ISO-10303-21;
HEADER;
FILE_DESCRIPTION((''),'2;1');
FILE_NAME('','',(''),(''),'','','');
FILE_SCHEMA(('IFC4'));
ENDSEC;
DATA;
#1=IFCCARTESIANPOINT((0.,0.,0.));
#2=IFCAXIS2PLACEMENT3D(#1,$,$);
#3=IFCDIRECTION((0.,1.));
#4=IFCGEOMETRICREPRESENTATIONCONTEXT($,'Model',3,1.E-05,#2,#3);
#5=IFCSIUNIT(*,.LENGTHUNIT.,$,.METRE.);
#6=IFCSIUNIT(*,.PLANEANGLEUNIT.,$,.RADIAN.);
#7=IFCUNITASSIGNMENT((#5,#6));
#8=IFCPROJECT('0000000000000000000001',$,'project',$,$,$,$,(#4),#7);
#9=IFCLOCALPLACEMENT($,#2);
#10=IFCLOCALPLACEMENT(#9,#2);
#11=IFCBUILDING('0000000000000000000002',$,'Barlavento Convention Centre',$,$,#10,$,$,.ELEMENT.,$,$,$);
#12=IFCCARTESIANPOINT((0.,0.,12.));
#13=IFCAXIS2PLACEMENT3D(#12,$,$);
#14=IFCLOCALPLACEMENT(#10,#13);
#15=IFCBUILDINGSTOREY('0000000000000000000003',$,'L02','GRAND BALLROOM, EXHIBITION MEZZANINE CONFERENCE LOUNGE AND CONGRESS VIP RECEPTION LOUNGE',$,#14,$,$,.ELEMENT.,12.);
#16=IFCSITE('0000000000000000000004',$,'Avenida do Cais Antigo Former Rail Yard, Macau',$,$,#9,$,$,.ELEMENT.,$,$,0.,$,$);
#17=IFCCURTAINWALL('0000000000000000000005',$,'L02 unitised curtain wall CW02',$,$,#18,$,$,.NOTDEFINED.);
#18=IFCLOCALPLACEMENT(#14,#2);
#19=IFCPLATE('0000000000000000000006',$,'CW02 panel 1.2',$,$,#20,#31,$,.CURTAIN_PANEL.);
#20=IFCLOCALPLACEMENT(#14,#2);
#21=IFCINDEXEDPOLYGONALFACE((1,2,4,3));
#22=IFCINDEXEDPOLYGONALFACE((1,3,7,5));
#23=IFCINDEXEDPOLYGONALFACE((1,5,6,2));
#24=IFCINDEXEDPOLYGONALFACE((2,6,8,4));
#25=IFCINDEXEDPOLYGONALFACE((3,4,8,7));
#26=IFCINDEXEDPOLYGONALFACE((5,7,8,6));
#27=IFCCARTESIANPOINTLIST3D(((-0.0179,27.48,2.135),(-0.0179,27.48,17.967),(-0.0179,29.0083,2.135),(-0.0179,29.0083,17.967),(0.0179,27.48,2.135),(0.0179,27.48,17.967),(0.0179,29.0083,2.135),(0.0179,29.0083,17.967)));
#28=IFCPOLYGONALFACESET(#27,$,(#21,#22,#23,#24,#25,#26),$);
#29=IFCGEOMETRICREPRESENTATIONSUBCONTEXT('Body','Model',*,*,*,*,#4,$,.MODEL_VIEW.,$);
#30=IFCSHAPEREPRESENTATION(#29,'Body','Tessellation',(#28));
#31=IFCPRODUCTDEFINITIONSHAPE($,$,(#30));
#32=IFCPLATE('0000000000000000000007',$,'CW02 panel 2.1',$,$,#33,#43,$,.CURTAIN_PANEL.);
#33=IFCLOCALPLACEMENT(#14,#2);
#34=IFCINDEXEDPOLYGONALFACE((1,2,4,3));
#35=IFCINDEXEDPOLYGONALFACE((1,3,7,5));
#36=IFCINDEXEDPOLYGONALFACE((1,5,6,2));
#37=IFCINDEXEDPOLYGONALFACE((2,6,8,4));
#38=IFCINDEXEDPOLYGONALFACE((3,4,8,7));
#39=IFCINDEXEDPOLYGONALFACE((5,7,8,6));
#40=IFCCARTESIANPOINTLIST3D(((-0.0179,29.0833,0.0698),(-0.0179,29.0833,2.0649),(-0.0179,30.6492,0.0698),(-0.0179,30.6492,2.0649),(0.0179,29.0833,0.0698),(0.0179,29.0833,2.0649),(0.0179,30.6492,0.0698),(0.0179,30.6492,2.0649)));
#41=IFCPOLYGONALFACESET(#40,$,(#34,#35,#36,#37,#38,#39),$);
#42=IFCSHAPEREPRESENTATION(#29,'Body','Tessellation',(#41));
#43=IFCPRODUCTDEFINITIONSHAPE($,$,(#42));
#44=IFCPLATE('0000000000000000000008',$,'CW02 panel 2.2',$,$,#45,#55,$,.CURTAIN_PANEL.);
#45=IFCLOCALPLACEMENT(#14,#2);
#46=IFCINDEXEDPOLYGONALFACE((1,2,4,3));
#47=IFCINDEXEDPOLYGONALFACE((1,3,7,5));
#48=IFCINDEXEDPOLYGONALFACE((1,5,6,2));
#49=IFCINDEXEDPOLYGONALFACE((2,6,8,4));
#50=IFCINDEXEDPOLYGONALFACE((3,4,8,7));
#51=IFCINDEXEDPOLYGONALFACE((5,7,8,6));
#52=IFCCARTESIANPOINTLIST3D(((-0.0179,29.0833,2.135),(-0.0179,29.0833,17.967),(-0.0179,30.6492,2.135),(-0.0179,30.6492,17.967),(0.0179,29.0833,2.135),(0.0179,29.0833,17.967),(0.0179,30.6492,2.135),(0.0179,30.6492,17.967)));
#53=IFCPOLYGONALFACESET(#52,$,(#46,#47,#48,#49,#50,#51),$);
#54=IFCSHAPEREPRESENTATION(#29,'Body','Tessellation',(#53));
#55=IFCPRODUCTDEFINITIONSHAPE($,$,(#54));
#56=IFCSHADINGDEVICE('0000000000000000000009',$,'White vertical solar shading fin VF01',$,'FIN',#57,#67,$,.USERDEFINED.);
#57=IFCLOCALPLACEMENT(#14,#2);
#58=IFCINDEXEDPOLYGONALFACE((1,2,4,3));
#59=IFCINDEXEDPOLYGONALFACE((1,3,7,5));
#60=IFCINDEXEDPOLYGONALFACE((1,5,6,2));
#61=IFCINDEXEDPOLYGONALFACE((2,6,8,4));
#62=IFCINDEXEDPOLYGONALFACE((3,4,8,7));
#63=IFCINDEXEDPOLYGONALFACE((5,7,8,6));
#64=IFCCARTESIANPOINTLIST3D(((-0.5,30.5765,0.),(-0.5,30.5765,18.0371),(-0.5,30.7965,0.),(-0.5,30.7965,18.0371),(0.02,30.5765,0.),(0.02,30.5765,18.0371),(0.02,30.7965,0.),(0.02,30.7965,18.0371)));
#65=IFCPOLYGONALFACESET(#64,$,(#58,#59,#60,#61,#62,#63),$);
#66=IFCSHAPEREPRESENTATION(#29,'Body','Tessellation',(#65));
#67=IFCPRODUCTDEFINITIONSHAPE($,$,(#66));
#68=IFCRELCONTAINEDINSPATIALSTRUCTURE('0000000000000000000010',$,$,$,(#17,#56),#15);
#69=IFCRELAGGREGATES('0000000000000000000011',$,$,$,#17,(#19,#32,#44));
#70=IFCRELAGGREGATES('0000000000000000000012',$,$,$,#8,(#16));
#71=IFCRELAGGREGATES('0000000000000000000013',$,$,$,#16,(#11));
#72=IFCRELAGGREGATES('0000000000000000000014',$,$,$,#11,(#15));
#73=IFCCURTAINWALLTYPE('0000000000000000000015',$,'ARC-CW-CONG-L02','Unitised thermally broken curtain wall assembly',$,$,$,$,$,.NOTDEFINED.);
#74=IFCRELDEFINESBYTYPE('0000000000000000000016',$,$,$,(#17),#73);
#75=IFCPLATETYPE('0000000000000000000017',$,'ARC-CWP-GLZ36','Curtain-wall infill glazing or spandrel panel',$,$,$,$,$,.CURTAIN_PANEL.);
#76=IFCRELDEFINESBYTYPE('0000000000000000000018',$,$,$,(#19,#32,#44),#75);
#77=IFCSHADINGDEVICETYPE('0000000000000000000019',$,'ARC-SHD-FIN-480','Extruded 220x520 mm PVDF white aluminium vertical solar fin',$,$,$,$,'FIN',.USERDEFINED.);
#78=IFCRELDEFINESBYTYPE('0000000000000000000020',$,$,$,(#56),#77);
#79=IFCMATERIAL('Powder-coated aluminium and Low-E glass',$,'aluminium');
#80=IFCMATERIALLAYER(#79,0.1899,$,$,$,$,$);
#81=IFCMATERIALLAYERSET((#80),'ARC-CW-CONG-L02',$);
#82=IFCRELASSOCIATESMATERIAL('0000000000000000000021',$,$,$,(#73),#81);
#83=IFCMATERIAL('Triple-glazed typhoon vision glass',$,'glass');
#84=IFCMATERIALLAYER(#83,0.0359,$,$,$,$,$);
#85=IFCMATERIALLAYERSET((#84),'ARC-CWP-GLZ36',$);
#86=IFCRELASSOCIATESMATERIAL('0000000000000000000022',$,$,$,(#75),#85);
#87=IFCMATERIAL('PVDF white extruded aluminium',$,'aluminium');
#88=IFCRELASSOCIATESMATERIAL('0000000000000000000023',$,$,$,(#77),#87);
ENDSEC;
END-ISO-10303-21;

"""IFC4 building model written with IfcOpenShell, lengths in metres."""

from ifc_helpers import new_model, si_unit, direction, frame, origin, origin_2d, place, context, subcontext, project, spatial, rectangle, extrude, material, layer, layer_set, type_object, element, aggregate, save


model = new_model("IFC4")

# Units and contexts
model_context = context("Model", 3, precision=1e-05, world=origin(), true_north=direction((0.0, 1.0)))
body_context = subcontext(model_context, "Body", "Model", "MODEL_VIEW")
ifc_project = project(units=[si_unit("LENGTHUNIT", "METRE"), si_unit("PLANEANGLEUNIT", "RADIAN")], contexts=[model_context])

# Site, building, storey
site_placement = place(None, origin())
site = spatial("IfcSite", under=ifc_project, at=site_placement, Name="Avenida do Cais Antigo Former Rail Yard, Macau", CompositionType="ELEMENT", RefElevation=0.0)
building_placement = place(site_placement, origin())
building = spatial("IfcBuilding", under=site, at=building_placement, Name="Barlavento Convention Centre", CompositionType="ELEMENT")
storey_placement = place(building_placement, frame((0.0, 0.0, 12.0)))
storey = spatial("IfcBuildingStorey", under=building, at=storey_placement, Name="L02", Description="GRAND BALLROOM, EXHIBITION MEZZANINE CONFERENCE LOUNGE AND CONGRESS VIP RECEPTION LOUNGE", CompositionType="ELEMENT", Elevation=12.0)

# Curtain wall
ifc_material_1 = material(Name="Powder-coated aluminium and Low-E glass", Category="aluminium")
ifc_layer_1 = layer(ifc_material_1, 0.1899)
ifc_layer_set_1 = layer_set([ifc_layer_1], Name="ARC-CW-CONG-L02")
curtain_wall_type = type_object("IfcCurtainWallType", Name="ARC-CW-CONG-L02", Description="Unitised thermally broken curtain wall assembly", PredefinedType="NOTDEFINED", material=ifc_layer_set_1)
curtain_wall_1_placement = place(storey_placement, origin())
curtain_wall_1 = element("IfcCurtainWall", 1, at=curtain_wall_1_placement, inside=storey, type_object=curtain_wall_type, Name="L02 unitised curtain wall CW02", PredefinedType="NOTDEFINED")

# Plates
ifc_material_2 = material(Name="Triple-glazed typhoon vision glass", Category="glass")
ifc_layer_2 = layer(ifc_material_2, 0.0359)
ifc_layer_set_2 = layer_set([ifc_layer_2], Name="ARC-CWP-GLZ36")
plate_type = type_object("IfcPlateType", Name="ARC-CWP-GLZ36", Description="Curtain-wall infill glazing or spandrel panel", PredefinedType="CURTAIN_PANEL", material=ifc_layer_set_2)
plate_1_placement = place(storey_placement, frame((0.0, 28.2441, 2.135), z_axis=(0.0, 0.0, 1.0), x_axis=(0.0, 1.0, 0.0)))
plate_1 = element("IfcPlate", 2, at=plate_1_placement, type_object=plate_type, Name="CW02 panel 1.2", PredefinedType="CURTAIN_PANEL", context=body_context, shape_type="SweptSolid", body=[
    extrude(rectangle(XDim=1.5283, YDim=0.0359, at=origin_2d()), origin(), (0.0, 0.0, 1.0), 15.832),
])
plate_2_placement = place(storey_placement, frame((0.0, 29.8662, 0.0698), z_axis=(0.0, 0.0, 1.0), x_axis=(0.0, 1.0, 0.0)))
plate_2 = element("IfcPlate", 3, at=plate_2_placement, type_object=plate_type, Name="CW02 panel 2.1", PredefinedType="CURTAIN_PANEL", context=body_context, shape_type="SweptSolid", body=[
    extrude(rectangle(XDim=1.5659, YDim=0.0359, at=origin_2d()), origin(), (0.0, 0.0, 1.0), 1.9951),
])
plate_3_placement = place(storey_placement, frame((0.0, 29.8662, 2.135), z_axis=(0.0, 0.0, 1.0), x_axis=(0.0, 1.0, 0.0)))
plate_3 = element("IfcPlate", 4, at=plate_3_placement, type_object=plate_type, Name="CW02 panel 2.2", PredefinedType="CURTAIN_PANEL", context=body_context, shape_type="SweptSolid", body=[
    extrude(rectangle(XDim=1.5659, YDim=0.0359, at=origin_2d()), origin(), (0.0, 0.0, 1.0), 15.832),
])
aggregate(curtain_wall_1, [plate_1, plate_2, plate_3])

# Shading device
ifc_material_3 = material(Name="PVDF white extruded aluminium", Category="aluminium")
shading_device_type = type_object("IfcShadingDeviceType", Name="ARC-SHD-FIN-480", Description="Extruded 220x520 mm PVDF white aluminium vertical solar fin", ElementType="FIN", PredefinedType="USERDEFINED", material=ifc_material_3)
shading_device_placement = place(storey_placement, frame((-0.24, 30.6865, 0.0), z_axis=(0.0, 0.0, 1.0), x_axis=(0.0, 1.0, 0.0)))
element("IfcShadingDevice", 5, at=shading_device_placement, inside=storey, type_object=shading_device_type, Name="White vertical solar shading fin VF01", ObjectType="FIN", PredefinedType="USERDEFINED", context=body_context, shape_type="SweptSolid", body=[
    extrude(rectangle(XDim=0.22, YDim=0.52, at=origin_2d()), origin(), (0.0, 0.0, 1.0), 18.0371),
])

save(model, "model.ifc")
